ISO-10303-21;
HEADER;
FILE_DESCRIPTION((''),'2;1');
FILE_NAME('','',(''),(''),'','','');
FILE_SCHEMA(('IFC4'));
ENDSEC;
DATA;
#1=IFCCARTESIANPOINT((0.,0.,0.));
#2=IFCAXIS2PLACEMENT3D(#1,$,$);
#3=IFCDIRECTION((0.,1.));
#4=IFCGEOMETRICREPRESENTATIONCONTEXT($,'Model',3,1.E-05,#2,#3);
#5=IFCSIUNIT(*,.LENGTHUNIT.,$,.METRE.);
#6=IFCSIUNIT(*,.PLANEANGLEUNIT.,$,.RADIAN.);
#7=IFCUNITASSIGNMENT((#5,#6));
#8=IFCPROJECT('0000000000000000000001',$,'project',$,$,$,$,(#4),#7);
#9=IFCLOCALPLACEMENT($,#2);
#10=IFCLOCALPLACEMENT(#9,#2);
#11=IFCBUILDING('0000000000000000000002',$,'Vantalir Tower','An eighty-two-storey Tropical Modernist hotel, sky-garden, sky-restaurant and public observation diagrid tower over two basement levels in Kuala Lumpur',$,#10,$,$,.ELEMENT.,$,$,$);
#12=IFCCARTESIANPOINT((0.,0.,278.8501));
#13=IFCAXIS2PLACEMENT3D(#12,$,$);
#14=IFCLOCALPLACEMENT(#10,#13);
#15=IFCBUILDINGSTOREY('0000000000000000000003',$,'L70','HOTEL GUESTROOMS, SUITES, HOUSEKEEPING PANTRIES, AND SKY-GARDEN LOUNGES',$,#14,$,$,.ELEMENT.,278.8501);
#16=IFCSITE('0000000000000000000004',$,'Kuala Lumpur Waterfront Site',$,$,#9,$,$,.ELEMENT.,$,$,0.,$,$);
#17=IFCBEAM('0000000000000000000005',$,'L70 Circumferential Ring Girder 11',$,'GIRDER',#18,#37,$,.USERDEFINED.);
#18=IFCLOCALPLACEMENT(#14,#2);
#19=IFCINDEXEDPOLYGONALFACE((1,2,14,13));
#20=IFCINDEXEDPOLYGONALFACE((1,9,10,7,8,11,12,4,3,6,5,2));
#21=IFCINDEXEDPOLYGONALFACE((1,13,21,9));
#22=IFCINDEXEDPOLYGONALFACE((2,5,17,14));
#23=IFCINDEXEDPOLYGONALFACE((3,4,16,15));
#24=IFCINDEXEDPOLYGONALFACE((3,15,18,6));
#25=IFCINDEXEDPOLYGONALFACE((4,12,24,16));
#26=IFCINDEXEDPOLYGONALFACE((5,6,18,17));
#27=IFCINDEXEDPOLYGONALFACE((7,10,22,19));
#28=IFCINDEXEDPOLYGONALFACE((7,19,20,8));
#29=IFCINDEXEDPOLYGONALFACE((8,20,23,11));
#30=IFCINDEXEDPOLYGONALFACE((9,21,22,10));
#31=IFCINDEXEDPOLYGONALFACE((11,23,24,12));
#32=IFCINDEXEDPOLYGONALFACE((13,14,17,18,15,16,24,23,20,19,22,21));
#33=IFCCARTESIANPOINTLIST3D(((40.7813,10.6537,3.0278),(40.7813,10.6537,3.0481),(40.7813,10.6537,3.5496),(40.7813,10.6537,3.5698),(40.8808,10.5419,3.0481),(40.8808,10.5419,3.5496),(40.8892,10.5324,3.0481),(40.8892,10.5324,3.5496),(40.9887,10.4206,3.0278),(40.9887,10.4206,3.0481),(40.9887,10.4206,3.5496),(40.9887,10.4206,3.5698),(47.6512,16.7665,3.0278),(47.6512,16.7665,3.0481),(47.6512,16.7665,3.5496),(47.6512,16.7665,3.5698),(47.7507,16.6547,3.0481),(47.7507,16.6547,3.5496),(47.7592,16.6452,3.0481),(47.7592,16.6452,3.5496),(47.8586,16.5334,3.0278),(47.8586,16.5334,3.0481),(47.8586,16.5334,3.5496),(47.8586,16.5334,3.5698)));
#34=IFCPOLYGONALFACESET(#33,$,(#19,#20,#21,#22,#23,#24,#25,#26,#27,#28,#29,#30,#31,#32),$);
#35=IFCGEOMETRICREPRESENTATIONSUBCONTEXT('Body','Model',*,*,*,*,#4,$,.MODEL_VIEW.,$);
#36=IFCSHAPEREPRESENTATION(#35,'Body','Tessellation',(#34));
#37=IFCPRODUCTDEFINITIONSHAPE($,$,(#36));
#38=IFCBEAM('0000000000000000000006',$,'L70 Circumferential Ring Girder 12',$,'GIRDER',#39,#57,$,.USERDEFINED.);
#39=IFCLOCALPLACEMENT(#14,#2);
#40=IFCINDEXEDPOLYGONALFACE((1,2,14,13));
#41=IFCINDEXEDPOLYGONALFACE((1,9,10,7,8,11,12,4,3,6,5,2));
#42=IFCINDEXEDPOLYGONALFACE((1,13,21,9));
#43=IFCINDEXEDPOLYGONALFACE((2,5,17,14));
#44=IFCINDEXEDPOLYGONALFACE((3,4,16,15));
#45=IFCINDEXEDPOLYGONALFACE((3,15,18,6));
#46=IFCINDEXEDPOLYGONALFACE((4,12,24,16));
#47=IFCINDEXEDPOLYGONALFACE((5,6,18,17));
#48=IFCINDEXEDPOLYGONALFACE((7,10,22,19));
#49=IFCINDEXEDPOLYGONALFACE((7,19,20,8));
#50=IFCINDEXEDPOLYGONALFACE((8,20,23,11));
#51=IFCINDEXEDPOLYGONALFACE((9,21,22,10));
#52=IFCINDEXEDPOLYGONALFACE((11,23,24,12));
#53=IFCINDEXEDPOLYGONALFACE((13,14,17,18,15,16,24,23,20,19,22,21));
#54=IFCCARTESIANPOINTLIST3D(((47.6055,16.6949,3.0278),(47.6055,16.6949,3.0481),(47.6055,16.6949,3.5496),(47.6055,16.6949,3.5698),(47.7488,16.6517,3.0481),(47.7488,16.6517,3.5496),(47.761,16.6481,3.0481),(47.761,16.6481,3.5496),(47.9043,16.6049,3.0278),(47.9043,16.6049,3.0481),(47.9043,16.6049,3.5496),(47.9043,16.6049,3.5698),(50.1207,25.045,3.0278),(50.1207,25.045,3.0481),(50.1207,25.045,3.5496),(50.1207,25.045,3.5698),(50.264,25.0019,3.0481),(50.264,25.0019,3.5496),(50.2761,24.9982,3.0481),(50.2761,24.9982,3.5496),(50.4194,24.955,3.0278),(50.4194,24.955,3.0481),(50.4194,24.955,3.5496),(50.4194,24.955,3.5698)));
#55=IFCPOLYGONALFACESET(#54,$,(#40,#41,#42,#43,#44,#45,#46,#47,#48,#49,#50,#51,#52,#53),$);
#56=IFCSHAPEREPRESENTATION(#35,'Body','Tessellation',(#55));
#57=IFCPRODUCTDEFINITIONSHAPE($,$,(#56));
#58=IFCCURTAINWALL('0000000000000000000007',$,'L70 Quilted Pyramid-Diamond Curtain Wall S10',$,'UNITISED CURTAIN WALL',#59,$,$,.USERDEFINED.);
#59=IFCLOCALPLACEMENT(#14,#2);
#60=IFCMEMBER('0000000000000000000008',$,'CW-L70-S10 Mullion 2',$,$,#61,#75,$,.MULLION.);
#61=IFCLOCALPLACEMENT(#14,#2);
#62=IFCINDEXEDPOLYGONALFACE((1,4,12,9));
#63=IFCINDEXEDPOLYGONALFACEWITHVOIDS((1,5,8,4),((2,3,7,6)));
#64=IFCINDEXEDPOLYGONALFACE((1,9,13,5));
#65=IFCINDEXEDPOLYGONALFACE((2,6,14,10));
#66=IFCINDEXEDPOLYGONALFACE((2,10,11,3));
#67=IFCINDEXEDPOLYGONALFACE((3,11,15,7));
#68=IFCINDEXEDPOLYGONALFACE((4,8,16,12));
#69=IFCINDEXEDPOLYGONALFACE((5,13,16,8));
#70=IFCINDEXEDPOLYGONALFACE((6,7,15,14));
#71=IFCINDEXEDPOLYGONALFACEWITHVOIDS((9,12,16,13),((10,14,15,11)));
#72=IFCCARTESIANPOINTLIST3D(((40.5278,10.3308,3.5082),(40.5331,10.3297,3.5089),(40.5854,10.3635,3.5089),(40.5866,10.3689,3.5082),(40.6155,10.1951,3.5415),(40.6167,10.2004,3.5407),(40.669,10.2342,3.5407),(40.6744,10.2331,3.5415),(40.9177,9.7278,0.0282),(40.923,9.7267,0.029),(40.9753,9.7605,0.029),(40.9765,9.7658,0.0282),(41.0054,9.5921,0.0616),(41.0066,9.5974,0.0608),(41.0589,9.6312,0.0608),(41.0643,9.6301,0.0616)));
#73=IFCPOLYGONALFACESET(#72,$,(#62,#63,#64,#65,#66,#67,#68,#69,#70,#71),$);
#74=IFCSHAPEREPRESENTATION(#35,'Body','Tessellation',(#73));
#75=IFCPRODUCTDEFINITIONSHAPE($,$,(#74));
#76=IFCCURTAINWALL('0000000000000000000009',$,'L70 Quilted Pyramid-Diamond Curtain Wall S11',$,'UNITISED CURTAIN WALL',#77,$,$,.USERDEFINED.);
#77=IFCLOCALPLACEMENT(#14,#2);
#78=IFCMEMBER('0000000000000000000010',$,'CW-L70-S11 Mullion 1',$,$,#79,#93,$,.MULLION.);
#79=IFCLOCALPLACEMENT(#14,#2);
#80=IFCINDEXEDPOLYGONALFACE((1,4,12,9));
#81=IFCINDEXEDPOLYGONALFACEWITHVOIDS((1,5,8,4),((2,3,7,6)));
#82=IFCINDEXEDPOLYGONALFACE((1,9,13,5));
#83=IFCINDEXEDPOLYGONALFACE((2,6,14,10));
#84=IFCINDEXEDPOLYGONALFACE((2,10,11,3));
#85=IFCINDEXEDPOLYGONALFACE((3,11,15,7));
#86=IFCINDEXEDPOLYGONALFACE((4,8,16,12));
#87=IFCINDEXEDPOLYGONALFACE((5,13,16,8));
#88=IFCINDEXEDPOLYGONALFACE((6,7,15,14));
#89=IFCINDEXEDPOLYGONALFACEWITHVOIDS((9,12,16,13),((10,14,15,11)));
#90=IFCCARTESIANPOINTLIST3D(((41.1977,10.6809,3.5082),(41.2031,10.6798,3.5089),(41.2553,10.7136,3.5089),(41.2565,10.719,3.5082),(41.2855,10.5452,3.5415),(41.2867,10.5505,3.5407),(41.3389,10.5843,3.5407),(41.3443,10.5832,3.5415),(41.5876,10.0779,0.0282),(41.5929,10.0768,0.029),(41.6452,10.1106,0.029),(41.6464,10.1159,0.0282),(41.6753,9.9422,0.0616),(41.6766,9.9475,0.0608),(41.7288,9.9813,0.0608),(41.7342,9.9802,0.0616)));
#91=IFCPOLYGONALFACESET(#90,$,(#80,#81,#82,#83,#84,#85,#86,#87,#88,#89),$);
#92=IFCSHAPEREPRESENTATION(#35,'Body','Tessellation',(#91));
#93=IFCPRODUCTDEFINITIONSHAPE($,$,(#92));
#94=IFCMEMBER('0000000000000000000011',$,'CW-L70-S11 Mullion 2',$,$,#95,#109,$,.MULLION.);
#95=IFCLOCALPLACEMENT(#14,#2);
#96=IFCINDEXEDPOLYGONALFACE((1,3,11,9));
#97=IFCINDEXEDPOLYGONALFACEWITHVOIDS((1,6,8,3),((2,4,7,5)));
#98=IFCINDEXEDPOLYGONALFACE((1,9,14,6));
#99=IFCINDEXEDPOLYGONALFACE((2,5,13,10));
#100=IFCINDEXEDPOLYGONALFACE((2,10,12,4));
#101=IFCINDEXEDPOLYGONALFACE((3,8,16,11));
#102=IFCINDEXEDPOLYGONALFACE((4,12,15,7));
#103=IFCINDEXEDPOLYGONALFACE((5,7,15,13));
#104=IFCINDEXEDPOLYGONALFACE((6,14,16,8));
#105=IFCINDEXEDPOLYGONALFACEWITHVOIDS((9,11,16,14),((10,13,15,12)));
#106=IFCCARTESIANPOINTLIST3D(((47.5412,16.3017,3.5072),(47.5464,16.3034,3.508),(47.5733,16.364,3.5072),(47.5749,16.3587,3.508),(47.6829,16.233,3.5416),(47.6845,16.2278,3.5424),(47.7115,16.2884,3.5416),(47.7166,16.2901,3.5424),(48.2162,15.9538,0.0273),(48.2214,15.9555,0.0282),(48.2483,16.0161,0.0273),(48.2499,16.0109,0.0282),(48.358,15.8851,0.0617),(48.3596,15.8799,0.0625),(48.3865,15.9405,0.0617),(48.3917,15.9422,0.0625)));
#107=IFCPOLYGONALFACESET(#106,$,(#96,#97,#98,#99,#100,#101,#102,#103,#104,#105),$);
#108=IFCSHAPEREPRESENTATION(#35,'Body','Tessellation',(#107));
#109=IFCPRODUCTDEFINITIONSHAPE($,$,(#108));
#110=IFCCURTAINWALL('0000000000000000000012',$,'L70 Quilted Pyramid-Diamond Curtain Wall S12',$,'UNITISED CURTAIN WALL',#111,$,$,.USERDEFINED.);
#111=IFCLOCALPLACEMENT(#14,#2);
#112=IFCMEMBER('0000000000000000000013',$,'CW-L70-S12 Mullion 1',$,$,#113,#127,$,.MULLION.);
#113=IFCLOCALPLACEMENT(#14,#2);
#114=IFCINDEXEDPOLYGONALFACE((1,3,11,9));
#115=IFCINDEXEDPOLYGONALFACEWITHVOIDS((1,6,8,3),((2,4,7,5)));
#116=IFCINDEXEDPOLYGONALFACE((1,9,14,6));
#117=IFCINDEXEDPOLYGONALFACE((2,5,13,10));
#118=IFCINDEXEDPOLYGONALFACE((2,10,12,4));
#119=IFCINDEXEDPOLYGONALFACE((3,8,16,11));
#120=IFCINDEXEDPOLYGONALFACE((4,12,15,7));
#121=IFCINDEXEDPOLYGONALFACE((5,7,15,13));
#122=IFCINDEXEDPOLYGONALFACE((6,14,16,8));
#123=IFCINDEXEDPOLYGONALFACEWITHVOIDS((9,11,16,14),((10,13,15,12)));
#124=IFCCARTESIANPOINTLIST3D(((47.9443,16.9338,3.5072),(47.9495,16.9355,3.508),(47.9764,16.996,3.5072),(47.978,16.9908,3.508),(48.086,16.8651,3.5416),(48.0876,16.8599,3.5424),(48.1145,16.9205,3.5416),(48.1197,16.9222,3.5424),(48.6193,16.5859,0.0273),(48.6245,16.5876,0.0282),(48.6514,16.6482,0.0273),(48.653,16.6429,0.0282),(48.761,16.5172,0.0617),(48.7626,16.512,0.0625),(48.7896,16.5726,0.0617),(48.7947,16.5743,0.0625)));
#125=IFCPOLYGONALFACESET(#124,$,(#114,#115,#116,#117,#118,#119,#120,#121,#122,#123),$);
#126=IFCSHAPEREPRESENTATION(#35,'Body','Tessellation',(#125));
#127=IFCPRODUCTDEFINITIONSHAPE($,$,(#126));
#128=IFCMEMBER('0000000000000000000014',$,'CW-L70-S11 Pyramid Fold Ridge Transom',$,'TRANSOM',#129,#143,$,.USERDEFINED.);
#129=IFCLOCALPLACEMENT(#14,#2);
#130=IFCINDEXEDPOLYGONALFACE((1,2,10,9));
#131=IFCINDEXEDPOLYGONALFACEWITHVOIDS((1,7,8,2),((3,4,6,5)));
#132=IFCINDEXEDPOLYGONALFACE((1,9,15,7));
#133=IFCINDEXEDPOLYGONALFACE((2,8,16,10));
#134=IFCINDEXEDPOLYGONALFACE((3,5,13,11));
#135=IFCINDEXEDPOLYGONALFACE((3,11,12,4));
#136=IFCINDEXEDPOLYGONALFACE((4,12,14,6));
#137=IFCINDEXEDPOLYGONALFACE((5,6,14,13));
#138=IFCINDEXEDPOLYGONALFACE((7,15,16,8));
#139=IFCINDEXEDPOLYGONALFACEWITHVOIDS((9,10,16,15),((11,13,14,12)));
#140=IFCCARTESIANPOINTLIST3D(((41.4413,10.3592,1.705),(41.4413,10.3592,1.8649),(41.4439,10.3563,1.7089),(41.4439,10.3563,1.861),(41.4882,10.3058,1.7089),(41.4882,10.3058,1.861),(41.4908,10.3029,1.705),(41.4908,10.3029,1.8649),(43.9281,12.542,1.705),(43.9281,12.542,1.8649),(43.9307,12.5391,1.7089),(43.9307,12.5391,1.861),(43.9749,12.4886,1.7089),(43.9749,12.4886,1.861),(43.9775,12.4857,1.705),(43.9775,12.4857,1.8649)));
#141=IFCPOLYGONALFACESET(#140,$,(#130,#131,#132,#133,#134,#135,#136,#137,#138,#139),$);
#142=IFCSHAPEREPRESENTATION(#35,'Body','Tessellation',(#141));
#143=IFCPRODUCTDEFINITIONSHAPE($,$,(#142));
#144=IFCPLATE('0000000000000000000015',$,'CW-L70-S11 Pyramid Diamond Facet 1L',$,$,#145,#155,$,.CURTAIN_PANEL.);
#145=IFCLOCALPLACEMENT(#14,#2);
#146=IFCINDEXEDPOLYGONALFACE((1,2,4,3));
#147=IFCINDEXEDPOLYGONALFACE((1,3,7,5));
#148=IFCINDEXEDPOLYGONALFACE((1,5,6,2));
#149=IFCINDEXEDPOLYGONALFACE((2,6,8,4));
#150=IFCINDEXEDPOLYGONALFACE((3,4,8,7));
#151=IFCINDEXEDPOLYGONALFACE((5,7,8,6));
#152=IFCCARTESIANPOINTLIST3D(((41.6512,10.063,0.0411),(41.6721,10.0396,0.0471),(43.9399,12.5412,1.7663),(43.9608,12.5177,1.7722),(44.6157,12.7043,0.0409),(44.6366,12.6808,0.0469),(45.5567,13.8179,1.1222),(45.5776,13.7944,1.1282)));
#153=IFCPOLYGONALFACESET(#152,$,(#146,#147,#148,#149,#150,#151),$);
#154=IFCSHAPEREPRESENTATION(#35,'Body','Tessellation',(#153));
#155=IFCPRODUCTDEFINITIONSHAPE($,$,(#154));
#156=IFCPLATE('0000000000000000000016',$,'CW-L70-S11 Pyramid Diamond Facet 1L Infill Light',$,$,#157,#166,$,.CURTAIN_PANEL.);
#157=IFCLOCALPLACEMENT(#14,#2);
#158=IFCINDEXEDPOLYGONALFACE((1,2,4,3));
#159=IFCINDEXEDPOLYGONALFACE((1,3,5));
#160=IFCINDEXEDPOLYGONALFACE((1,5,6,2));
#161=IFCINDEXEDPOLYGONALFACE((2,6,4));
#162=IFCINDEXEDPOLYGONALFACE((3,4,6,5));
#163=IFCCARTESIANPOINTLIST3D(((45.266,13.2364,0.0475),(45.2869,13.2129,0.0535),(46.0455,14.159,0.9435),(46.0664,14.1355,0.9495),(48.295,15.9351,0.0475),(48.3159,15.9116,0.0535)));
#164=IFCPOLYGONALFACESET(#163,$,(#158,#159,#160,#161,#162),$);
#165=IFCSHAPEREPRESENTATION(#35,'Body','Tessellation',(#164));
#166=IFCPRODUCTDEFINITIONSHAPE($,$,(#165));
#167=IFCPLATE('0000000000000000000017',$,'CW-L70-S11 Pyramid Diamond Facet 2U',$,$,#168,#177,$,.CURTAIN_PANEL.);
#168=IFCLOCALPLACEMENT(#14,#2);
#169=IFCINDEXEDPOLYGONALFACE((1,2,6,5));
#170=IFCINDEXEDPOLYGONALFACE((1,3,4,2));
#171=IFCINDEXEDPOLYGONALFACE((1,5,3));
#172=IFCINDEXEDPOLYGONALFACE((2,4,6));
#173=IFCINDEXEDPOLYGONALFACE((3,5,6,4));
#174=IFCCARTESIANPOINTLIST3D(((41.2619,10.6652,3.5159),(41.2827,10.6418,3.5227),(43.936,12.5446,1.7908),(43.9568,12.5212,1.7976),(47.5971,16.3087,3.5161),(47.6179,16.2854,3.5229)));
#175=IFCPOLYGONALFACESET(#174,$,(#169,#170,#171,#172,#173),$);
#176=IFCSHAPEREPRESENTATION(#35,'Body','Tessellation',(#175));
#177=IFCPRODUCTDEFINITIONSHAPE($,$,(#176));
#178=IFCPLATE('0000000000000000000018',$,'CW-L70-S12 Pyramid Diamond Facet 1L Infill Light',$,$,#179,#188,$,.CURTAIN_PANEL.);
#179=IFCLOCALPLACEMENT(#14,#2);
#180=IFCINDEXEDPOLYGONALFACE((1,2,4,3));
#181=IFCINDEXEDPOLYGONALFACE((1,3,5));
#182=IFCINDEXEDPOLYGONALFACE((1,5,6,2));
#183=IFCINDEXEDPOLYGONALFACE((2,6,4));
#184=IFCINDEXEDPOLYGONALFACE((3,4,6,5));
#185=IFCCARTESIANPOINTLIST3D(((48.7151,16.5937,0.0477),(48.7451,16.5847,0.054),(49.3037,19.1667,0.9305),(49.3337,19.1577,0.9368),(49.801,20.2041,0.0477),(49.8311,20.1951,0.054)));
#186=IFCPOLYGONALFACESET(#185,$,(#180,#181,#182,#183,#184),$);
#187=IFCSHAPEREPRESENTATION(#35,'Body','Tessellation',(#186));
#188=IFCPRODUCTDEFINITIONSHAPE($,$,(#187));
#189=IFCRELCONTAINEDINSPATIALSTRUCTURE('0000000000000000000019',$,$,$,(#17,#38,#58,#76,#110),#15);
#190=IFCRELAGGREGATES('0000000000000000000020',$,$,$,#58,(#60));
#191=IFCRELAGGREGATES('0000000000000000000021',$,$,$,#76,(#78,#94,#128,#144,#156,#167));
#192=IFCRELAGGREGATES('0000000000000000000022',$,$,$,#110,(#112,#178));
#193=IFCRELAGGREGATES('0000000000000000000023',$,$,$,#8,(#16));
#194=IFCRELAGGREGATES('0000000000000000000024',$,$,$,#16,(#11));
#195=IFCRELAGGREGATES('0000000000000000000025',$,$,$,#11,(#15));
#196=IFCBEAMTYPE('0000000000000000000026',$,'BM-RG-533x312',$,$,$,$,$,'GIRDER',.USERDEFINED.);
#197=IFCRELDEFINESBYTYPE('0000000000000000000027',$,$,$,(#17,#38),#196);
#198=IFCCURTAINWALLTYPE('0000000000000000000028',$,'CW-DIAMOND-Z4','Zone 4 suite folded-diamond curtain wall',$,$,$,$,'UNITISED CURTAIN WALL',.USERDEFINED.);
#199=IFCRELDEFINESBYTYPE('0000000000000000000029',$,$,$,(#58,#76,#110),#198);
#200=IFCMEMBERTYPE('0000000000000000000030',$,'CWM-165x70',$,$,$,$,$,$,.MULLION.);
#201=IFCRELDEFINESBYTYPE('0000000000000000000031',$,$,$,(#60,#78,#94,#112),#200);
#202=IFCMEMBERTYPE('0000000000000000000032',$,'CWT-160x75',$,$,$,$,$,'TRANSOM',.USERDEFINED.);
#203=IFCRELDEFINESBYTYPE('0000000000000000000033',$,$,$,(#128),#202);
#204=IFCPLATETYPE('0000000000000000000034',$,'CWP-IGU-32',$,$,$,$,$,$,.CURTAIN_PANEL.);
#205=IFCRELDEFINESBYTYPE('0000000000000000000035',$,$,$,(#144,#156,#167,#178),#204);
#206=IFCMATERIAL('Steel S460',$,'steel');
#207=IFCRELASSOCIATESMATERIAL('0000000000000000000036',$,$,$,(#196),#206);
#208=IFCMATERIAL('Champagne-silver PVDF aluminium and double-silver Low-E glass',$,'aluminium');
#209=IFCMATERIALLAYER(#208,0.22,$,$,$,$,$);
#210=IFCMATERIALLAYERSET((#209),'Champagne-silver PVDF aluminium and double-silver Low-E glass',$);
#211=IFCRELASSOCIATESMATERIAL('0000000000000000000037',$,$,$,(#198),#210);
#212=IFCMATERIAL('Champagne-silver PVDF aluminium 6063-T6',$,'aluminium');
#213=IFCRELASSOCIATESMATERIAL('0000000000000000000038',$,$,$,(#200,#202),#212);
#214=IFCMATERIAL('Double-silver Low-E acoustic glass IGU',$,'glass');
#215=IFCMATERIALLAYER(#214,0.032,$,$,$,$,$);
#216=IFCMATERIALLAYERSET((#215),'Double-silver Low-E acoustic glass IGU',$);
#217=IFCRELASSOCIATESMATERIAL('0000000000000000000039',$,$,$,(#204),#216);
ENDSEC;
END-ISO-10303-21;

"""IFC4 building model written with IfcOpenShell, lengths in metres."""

from ifc_helpers import new_model, si_unit, direction, frame, origin, origin_2d, place, context, subcontext, project, spatial, polyline, hollow_rectangle, i_section, outline, extrude, material, layer, layer_set, material_profile, profile_set, type_object, element, aggregate, save


model = new_model("IFC4")

# Units and contexts
model_context = context("Model", 3, precision=1e-05, world=origin(), true_north=direction((0.0, 1.0)))
body_context = subcontext(model_context, "Body", "Model", "MODEL_VIEW")
ifc_project = project(units=[si_unit("LENGTHUNIT", "METRE"), si_unit("PLANEANGLEUNIT", "RADIAN")], contexts=[model_context])

# Site, building, storey
site_placement = place(None, origin())
site = spatial("IfcSite", under=ifc_project, at=site_placement, Name="Kuala Lumpur Waterfront Site", CompositionType="ELEMENT", RefElevation=0.0)
building_placement = place(site_placement, origin())
building = spatial("IfcBuilding", under=site, at=building_placement, Name="Vantalir Tower", Description="An eighty-two-storey Tropical Modernist hotel, sky-garden, sky-restaurant and public observation diagrid tower over two basement levels in Kuala Lumpur", CompositionType="ELEMENT")
storey_placement = place(building_placement, frame((0.0, 0.0, 278.8501)))
storey = spatial("IfcBuildingStorey", under=building, at=storey_placement, Name="L70", Description="HOTEL GUESTROOMS, SUITES, HOUSEKEEPING PANTRIES, AND SKY-GARDEN LOUNGES", CompositionType="ELEMENT", Elevation=278.8501)

# Shared definitions
ifc_material_1 = material(Name="Steel S460", Category="steel")

# Beams
ifc_material_profile_1 = material_profile(ifc_material_1, i_section(OverallWidth=0.312, OverallDepth=0.542, WebThickness=0.0127, FlangeThickness=0.0203, at=origin_2d()), Name="Steel S460")
ifc_profile_set_1 = profile_set([ifc_material_profile_1], Name="Steel S460")
beam_type_1 = type_object("IfcBeamType", Name="BM-RG-533x312", ElementType="GIRDER", PredefinedType="USERDEFINED", material=ifc_profile_set_1)
beam_1_placement = place(storey_placement, frame((40.885, 10.5371, 3.2988), z_axis=(0.747072, 0.664743, 0.0), x_axis=(-0.664743, 0.747072, 0.0)))
element("IfcBeam", 1, at=beam_1_placement, inside=storey, type_object=beam_type_1, Name="L70 Circumferential Ring Girder 11", ObjectType="GIRDER", PredefinedType="USERDEFINED", context=body_context, shape_type="SweptSolid", body=[
    extrude(i_section(OverallWidth=0.312, OverallDepth=0.542, WebThickness=0.0127, FlangeThickness=0.0203, at=origin_2d()), origin(), (0.0, 0.0, 1.0), 9.1958),
])
beam_2_placement = place(storey_placement, frame((47.7549, 16.6499, 3.2988), z_axis=(0.288411, 0.957507, 0.0), x_axis=(-0.957507, 0.288411, 0.0)))
element("IfcBeam", 2, at=beam_2_placement, inside=storey, type_object=beam_type_1, Name="L70 Circumferential Ring Girder 12", ObjectType="GIRDER", PredefinedType="USERDEFINED", context=body_context, shape_type="SweptSolid", body=[
    extrude(i_section(OverallWidth=0.312, OverallDepth=0.542, WebThickness=0.0127, FlangeThickness=0.0203, at=origin_2d()), origin(), (0.0, 0.0, 1.0), 8.7207),
])

# Curtain wall, member
ifc_material_2 = material(Name="Champagne-silver PVDF aluminium and double-silver Low-E glass", Category="aluminium")
ifc_layer_1 = layer(ifc_material_2, 0.22)
ifc_layer_set_1 = layer_set([ifc_layer_1], Name="Champagne-silver PVDF aluminium and double-silver Low-E glass")
curtain_wall_type = type_object("IfcCurtainWallType", Name="CW-DIAMOND-Z4", Description="Zone 4 suite folded-diamond curtain wall", ElementType="UNITISED CURTAIN WALL", PredefinedType="USERDEFINED", material=ifc_layer_set_1)
curtain_wall_1_placement = place(storey_placement, origin())
curtain_wall_1 = element("IfcCurtainWall", 3, at=curtain_wall_1_placement, inside=storey, type_object=curtain_wall_type, Name="L70 Quilted Pyramid-Diamond Curtain Wall S10", ObjectType="UNITISED CURTAIN WALL", PredefinedType="USERDEFINED")
ifc_material_3 = material(Name="Champagne-silver PVDF aluminium 6063-T6", Category="aluminium")
ifc_material_profile_2 = material_profile(ifc_material_3, hollow_rectangle(XDim=0.0701, YDim=0.165, WallThickness=0.0039, at=origin_2d()), Name="Champagne-silver PVDF aluminium 6063-T6")
ifc_profile_set_2 = profile_set([ifc_material_profile_2], Name="Champagne-silver PVDF aluminium 6063-T6")
member_type_1 = type_object("IfcMemberType", Name="CWM-165x70", PredefinedType="MULLION", material=ifc_profile_set_2)
member_1_placement = place(storey_placement, frame((40.991, 9.679, 0.0449), z_axis=(-0.109727, 0.169709, 0.979367), x_axis=(-0.839762, -0.542955, 0.0)))
member_1 = element("IfcMember", 4, at=member_1_placement, type_object=member_type_1, Name="CW-L70-S10 Mullion 2", PredefinedType="MULLION", context=body_context, shape_type="SweptSolid", body=[
    extrude(hollow_rectangle(XDim=0.0701, YDim=0.165, WallThickness=0.0039, at=origin_2d()), origin(), (0.0, 0.0, 1.0), 3.5532),
])
aggregate(curtain_wall_1, [member_1])

# Curtain wall, members
curtain_wall_2_placement = place(storey_placement, origin())
curtain_wall_2 = element("IfcCurtainWall", 5, at=curtain_wall_2_placement, inside=storey, type_object=curtain_wall_type, Name="L70 Quilted Pyramid-Diamond Curtain Wall S11", ObjectType="UNITISED CURTAIN WALL", PredefinedType="USERDEFINED")
member_2_placement = place(storey_placement, frame((41.6609, 10.0291, 0.0449), z_axis=(-0.109727, 0.169709, 0.979367), x_axis=(-0.839762, -0.542955, 0.0)))
member_2 = element("IfcMember", 6, at=member_2_placement, type_object=member_type_1, Name="CW-L70-S11 Mullion 1", PredefinedType="MULLION", context=body_context, shape_type="SweptSolid", body=[
    extrude(hollow_rectangle(XDim=0.0701, YDim=0.165, WallThickness=0.0039, at=origin_2d()), origin(), (0.0, 0.0, 1.0), 3.5532),
])
member_3_placement = place(storey_placement, frame((48.304, 15.948, 0.0449), z_axis=(-0.18952, 0.097673, 0.977007), x_axis=(-0.458111, -0.888895, 0.0)))
member_3 = element("IfcMember", 7, at=member_3_placement, type_object=member_type_1, Name="CW-L70-S11 Mullion 2", PredefinedType="MULLION", context=body_context, shape_type="SweptSolid", body=[
    extrude(hollow_rectangle(XDim=0.0701, YDim=0.165, WallThickness=0.0039, at=origin_2d()), origin(), (0.0, 0.0, 1.0), 3.5618),
])

# Curtain wall, member
curtain_wall_3_placement = place(storey_placement, origin())
curtain_wall_3 = element("IfcCurtainWall", 8, at=curtain_wall_3_placement, inside=storey, type_object=curtain_wall_type, Name="L70 Quilted Pyramid-Diamond Curtain Wall S12", ObjectType="UNITISED CURTAIN WALL", PredefinedType="USERDEFINED")
member_4_placement = place(storey_placement, frame((48.707, 16.5801, 0.0449), z_axis=(-0.18952, 0.097673, 0.977007), x_axis=(-0.458111, -0.888895, 0.0)))
member_4 = element("IfcMember", 9, at=member_4_placement, type_object=member_type_1, Name="CW-L70-S12 Mullion 1", PredefinedType="MULLION", context=body_context, shape_type="SweptSolid", body=[
    extrude(hollow_rectangle(XDim=0.0701, YDim=0.165, WallThickness=0.0039, at=origin_2d()), origin(), (0.0, 0.0, 1.0), 3.5618),
])

# Member
ifc_material_profile_3 = material_profile(ifc_material_3, hollow_rectangle(XDim=0.075, YDim=0.1599, WallThickness=0.0039, at=origin_2d()), Name="Champagne-silver PVDF aluminium 6063-T6")
ifc_profile_set_3 = profile_set([ifc_material_profile_3], Name="Champagne-silver PVDF aluminium 6063-T6")
member_type_2 = type_object("IfcMemberType", Name="CWT-160x75", ElementType="TRANSOM", PredefinedType="USERDEFINED", material=ifc_profile_set_3)
member_5_placement = place(storey_placement, frame((41.4661, 10.3311, 1.7849), z_axis=(0.751543, 0.659684, 0.0), x_axis=(-0.659684, 0.751543, 0.0)))
member_5 = element("IfcMember", 10, at=member_5_placement, type_object=member_type_2, Name="CW-L70-S11 Pyramid Fold Ridge Transom", ObjectType="TRANSOM", PredefinedType="USERDEFINED", context=body_context, shape_type="SweptSolid", body=[
    extrude(hollow_rectangle(XDim=0.075, YDim=0.1599, WallThickness=0.0039, at=origin_2d()), origin(), (0.0, 0.0, 1.0), 3.3088),
])

# Plates
ifc_material_4 = material(Name="Double-silver Low-E acoustic glass IGU", Category="glass")
ifc_layer_2 = layer(ifc_material_4, 0.032)
ifc_layer_set_2 = layer_set([ifc_layer_2], Name="Double-silver Low-E acoustic glass IGU")
plate_type_1 = type_object("IfcPlateType", Name="CWP-IGU-32", PredefinedType="CURTAIN_PANEL", material=ifc_layer_set_2)
plate_1_placement = place(storey_placement, frame((41.6721, 10.0396, 0.0471), z_axis=(0.653551, -0.733507, 0.186649), x_axis=(0.746635, 0.665234, -0.000055)))
plate_1 = element("IfcPlate", 11, at=plate_1_placement, type_object=plate_type_1, Name="CW-L70-S11 Pyramid Diamond Facet 1L", PredefinedType="CURTAIN_PANEL", context=body_context, shape_type="SweptSolid", body=[
    extrude(outline(polyline([(0.0, 0.0), (3.9704, 0.0), (5.4138, 1.1007), (3.3573, 1.7562), (0.0, 0.0)])), origin(), (0.0, 0.0, -1.0), 0.032),
])
plate_2_placement = place(storey_placement, frame((45.2869, 13.2129, 0.0535), z_axis=(0.653524, -0.733515, 0.186717), x_axis=(0.746645, 0.665223, 0.0)))
plate_2 = element("IfcPlate", 12, at=plate_2_placement, type_object=plate_type_1, Name="CW-L70-S11 Pyramid Diamond Facet 1L Infill Light", PredefinedType="CURTAIN_PANEL", context=body_context, shape_type="SweptSolid", body=[
    extrude(outline(polyline([(0.0, 0.0), (4.0569, 0.0), (1.1958, 0.912), (0.0, 0.0)])), origin(), (0.0, 0.0, -1.0), 0.032),
])
plate_3_placement = place(storey_placement, frame((47.6179, 16.2854, 3.5229), z_axis=(0.649958, -0.729623, 0.212617), x_axis=(-0.746691, -0.665171, -0.000029)))
plate_3 = element("IfcPlate", 13, at=plate_3_placement, type_object=plate_type_1, Name="CW-L70-S11 Pyramid Diamond Facet 2U", PredefinedType="CURTAIN_PANEL", context=body_context, shape_type="SweptSolid", body=[
    extrude(outline(polyline([(0.0, 0.0), (8.4844, 0.0), (5.2376, 1.7656), (0.0, 0.0)])), origin(), (0.0, 0.0, -1.0), 0.032),
])
aggregate(curtain_wall_2, [member_2, member_3, member_5, plate_1, plate_2, plate_3])
plate_4_placement = place(storey_placement, frame((48.7451, 16.5847, 0.054), z_axis=(0.938843, -0.282389, 0.197055), x_axis=(0.288037, 0.957619, 0.0)))
plate_4 = element("IfcPlate", 14, at=plate_4_placement, type_object=plate_type_1, Name="CW-L70-S12 Pyramid Diamond Facet 1L Infill Light", PredefinedType="CURTAIN_PANEL", context=body_context, shape_type="SweptSolid", body=[
    extrude(outline(polyline([(0.0, 0.0), (3.7701, 0.0), (2.6335, 0.9005), (0.0, 0.0)])), origin(), (0.0, 0.0, -1.0), 0.032),
])
aggregate(curtain_wall_3, [member_4, plate_4])

save(model, "model.ifc")
